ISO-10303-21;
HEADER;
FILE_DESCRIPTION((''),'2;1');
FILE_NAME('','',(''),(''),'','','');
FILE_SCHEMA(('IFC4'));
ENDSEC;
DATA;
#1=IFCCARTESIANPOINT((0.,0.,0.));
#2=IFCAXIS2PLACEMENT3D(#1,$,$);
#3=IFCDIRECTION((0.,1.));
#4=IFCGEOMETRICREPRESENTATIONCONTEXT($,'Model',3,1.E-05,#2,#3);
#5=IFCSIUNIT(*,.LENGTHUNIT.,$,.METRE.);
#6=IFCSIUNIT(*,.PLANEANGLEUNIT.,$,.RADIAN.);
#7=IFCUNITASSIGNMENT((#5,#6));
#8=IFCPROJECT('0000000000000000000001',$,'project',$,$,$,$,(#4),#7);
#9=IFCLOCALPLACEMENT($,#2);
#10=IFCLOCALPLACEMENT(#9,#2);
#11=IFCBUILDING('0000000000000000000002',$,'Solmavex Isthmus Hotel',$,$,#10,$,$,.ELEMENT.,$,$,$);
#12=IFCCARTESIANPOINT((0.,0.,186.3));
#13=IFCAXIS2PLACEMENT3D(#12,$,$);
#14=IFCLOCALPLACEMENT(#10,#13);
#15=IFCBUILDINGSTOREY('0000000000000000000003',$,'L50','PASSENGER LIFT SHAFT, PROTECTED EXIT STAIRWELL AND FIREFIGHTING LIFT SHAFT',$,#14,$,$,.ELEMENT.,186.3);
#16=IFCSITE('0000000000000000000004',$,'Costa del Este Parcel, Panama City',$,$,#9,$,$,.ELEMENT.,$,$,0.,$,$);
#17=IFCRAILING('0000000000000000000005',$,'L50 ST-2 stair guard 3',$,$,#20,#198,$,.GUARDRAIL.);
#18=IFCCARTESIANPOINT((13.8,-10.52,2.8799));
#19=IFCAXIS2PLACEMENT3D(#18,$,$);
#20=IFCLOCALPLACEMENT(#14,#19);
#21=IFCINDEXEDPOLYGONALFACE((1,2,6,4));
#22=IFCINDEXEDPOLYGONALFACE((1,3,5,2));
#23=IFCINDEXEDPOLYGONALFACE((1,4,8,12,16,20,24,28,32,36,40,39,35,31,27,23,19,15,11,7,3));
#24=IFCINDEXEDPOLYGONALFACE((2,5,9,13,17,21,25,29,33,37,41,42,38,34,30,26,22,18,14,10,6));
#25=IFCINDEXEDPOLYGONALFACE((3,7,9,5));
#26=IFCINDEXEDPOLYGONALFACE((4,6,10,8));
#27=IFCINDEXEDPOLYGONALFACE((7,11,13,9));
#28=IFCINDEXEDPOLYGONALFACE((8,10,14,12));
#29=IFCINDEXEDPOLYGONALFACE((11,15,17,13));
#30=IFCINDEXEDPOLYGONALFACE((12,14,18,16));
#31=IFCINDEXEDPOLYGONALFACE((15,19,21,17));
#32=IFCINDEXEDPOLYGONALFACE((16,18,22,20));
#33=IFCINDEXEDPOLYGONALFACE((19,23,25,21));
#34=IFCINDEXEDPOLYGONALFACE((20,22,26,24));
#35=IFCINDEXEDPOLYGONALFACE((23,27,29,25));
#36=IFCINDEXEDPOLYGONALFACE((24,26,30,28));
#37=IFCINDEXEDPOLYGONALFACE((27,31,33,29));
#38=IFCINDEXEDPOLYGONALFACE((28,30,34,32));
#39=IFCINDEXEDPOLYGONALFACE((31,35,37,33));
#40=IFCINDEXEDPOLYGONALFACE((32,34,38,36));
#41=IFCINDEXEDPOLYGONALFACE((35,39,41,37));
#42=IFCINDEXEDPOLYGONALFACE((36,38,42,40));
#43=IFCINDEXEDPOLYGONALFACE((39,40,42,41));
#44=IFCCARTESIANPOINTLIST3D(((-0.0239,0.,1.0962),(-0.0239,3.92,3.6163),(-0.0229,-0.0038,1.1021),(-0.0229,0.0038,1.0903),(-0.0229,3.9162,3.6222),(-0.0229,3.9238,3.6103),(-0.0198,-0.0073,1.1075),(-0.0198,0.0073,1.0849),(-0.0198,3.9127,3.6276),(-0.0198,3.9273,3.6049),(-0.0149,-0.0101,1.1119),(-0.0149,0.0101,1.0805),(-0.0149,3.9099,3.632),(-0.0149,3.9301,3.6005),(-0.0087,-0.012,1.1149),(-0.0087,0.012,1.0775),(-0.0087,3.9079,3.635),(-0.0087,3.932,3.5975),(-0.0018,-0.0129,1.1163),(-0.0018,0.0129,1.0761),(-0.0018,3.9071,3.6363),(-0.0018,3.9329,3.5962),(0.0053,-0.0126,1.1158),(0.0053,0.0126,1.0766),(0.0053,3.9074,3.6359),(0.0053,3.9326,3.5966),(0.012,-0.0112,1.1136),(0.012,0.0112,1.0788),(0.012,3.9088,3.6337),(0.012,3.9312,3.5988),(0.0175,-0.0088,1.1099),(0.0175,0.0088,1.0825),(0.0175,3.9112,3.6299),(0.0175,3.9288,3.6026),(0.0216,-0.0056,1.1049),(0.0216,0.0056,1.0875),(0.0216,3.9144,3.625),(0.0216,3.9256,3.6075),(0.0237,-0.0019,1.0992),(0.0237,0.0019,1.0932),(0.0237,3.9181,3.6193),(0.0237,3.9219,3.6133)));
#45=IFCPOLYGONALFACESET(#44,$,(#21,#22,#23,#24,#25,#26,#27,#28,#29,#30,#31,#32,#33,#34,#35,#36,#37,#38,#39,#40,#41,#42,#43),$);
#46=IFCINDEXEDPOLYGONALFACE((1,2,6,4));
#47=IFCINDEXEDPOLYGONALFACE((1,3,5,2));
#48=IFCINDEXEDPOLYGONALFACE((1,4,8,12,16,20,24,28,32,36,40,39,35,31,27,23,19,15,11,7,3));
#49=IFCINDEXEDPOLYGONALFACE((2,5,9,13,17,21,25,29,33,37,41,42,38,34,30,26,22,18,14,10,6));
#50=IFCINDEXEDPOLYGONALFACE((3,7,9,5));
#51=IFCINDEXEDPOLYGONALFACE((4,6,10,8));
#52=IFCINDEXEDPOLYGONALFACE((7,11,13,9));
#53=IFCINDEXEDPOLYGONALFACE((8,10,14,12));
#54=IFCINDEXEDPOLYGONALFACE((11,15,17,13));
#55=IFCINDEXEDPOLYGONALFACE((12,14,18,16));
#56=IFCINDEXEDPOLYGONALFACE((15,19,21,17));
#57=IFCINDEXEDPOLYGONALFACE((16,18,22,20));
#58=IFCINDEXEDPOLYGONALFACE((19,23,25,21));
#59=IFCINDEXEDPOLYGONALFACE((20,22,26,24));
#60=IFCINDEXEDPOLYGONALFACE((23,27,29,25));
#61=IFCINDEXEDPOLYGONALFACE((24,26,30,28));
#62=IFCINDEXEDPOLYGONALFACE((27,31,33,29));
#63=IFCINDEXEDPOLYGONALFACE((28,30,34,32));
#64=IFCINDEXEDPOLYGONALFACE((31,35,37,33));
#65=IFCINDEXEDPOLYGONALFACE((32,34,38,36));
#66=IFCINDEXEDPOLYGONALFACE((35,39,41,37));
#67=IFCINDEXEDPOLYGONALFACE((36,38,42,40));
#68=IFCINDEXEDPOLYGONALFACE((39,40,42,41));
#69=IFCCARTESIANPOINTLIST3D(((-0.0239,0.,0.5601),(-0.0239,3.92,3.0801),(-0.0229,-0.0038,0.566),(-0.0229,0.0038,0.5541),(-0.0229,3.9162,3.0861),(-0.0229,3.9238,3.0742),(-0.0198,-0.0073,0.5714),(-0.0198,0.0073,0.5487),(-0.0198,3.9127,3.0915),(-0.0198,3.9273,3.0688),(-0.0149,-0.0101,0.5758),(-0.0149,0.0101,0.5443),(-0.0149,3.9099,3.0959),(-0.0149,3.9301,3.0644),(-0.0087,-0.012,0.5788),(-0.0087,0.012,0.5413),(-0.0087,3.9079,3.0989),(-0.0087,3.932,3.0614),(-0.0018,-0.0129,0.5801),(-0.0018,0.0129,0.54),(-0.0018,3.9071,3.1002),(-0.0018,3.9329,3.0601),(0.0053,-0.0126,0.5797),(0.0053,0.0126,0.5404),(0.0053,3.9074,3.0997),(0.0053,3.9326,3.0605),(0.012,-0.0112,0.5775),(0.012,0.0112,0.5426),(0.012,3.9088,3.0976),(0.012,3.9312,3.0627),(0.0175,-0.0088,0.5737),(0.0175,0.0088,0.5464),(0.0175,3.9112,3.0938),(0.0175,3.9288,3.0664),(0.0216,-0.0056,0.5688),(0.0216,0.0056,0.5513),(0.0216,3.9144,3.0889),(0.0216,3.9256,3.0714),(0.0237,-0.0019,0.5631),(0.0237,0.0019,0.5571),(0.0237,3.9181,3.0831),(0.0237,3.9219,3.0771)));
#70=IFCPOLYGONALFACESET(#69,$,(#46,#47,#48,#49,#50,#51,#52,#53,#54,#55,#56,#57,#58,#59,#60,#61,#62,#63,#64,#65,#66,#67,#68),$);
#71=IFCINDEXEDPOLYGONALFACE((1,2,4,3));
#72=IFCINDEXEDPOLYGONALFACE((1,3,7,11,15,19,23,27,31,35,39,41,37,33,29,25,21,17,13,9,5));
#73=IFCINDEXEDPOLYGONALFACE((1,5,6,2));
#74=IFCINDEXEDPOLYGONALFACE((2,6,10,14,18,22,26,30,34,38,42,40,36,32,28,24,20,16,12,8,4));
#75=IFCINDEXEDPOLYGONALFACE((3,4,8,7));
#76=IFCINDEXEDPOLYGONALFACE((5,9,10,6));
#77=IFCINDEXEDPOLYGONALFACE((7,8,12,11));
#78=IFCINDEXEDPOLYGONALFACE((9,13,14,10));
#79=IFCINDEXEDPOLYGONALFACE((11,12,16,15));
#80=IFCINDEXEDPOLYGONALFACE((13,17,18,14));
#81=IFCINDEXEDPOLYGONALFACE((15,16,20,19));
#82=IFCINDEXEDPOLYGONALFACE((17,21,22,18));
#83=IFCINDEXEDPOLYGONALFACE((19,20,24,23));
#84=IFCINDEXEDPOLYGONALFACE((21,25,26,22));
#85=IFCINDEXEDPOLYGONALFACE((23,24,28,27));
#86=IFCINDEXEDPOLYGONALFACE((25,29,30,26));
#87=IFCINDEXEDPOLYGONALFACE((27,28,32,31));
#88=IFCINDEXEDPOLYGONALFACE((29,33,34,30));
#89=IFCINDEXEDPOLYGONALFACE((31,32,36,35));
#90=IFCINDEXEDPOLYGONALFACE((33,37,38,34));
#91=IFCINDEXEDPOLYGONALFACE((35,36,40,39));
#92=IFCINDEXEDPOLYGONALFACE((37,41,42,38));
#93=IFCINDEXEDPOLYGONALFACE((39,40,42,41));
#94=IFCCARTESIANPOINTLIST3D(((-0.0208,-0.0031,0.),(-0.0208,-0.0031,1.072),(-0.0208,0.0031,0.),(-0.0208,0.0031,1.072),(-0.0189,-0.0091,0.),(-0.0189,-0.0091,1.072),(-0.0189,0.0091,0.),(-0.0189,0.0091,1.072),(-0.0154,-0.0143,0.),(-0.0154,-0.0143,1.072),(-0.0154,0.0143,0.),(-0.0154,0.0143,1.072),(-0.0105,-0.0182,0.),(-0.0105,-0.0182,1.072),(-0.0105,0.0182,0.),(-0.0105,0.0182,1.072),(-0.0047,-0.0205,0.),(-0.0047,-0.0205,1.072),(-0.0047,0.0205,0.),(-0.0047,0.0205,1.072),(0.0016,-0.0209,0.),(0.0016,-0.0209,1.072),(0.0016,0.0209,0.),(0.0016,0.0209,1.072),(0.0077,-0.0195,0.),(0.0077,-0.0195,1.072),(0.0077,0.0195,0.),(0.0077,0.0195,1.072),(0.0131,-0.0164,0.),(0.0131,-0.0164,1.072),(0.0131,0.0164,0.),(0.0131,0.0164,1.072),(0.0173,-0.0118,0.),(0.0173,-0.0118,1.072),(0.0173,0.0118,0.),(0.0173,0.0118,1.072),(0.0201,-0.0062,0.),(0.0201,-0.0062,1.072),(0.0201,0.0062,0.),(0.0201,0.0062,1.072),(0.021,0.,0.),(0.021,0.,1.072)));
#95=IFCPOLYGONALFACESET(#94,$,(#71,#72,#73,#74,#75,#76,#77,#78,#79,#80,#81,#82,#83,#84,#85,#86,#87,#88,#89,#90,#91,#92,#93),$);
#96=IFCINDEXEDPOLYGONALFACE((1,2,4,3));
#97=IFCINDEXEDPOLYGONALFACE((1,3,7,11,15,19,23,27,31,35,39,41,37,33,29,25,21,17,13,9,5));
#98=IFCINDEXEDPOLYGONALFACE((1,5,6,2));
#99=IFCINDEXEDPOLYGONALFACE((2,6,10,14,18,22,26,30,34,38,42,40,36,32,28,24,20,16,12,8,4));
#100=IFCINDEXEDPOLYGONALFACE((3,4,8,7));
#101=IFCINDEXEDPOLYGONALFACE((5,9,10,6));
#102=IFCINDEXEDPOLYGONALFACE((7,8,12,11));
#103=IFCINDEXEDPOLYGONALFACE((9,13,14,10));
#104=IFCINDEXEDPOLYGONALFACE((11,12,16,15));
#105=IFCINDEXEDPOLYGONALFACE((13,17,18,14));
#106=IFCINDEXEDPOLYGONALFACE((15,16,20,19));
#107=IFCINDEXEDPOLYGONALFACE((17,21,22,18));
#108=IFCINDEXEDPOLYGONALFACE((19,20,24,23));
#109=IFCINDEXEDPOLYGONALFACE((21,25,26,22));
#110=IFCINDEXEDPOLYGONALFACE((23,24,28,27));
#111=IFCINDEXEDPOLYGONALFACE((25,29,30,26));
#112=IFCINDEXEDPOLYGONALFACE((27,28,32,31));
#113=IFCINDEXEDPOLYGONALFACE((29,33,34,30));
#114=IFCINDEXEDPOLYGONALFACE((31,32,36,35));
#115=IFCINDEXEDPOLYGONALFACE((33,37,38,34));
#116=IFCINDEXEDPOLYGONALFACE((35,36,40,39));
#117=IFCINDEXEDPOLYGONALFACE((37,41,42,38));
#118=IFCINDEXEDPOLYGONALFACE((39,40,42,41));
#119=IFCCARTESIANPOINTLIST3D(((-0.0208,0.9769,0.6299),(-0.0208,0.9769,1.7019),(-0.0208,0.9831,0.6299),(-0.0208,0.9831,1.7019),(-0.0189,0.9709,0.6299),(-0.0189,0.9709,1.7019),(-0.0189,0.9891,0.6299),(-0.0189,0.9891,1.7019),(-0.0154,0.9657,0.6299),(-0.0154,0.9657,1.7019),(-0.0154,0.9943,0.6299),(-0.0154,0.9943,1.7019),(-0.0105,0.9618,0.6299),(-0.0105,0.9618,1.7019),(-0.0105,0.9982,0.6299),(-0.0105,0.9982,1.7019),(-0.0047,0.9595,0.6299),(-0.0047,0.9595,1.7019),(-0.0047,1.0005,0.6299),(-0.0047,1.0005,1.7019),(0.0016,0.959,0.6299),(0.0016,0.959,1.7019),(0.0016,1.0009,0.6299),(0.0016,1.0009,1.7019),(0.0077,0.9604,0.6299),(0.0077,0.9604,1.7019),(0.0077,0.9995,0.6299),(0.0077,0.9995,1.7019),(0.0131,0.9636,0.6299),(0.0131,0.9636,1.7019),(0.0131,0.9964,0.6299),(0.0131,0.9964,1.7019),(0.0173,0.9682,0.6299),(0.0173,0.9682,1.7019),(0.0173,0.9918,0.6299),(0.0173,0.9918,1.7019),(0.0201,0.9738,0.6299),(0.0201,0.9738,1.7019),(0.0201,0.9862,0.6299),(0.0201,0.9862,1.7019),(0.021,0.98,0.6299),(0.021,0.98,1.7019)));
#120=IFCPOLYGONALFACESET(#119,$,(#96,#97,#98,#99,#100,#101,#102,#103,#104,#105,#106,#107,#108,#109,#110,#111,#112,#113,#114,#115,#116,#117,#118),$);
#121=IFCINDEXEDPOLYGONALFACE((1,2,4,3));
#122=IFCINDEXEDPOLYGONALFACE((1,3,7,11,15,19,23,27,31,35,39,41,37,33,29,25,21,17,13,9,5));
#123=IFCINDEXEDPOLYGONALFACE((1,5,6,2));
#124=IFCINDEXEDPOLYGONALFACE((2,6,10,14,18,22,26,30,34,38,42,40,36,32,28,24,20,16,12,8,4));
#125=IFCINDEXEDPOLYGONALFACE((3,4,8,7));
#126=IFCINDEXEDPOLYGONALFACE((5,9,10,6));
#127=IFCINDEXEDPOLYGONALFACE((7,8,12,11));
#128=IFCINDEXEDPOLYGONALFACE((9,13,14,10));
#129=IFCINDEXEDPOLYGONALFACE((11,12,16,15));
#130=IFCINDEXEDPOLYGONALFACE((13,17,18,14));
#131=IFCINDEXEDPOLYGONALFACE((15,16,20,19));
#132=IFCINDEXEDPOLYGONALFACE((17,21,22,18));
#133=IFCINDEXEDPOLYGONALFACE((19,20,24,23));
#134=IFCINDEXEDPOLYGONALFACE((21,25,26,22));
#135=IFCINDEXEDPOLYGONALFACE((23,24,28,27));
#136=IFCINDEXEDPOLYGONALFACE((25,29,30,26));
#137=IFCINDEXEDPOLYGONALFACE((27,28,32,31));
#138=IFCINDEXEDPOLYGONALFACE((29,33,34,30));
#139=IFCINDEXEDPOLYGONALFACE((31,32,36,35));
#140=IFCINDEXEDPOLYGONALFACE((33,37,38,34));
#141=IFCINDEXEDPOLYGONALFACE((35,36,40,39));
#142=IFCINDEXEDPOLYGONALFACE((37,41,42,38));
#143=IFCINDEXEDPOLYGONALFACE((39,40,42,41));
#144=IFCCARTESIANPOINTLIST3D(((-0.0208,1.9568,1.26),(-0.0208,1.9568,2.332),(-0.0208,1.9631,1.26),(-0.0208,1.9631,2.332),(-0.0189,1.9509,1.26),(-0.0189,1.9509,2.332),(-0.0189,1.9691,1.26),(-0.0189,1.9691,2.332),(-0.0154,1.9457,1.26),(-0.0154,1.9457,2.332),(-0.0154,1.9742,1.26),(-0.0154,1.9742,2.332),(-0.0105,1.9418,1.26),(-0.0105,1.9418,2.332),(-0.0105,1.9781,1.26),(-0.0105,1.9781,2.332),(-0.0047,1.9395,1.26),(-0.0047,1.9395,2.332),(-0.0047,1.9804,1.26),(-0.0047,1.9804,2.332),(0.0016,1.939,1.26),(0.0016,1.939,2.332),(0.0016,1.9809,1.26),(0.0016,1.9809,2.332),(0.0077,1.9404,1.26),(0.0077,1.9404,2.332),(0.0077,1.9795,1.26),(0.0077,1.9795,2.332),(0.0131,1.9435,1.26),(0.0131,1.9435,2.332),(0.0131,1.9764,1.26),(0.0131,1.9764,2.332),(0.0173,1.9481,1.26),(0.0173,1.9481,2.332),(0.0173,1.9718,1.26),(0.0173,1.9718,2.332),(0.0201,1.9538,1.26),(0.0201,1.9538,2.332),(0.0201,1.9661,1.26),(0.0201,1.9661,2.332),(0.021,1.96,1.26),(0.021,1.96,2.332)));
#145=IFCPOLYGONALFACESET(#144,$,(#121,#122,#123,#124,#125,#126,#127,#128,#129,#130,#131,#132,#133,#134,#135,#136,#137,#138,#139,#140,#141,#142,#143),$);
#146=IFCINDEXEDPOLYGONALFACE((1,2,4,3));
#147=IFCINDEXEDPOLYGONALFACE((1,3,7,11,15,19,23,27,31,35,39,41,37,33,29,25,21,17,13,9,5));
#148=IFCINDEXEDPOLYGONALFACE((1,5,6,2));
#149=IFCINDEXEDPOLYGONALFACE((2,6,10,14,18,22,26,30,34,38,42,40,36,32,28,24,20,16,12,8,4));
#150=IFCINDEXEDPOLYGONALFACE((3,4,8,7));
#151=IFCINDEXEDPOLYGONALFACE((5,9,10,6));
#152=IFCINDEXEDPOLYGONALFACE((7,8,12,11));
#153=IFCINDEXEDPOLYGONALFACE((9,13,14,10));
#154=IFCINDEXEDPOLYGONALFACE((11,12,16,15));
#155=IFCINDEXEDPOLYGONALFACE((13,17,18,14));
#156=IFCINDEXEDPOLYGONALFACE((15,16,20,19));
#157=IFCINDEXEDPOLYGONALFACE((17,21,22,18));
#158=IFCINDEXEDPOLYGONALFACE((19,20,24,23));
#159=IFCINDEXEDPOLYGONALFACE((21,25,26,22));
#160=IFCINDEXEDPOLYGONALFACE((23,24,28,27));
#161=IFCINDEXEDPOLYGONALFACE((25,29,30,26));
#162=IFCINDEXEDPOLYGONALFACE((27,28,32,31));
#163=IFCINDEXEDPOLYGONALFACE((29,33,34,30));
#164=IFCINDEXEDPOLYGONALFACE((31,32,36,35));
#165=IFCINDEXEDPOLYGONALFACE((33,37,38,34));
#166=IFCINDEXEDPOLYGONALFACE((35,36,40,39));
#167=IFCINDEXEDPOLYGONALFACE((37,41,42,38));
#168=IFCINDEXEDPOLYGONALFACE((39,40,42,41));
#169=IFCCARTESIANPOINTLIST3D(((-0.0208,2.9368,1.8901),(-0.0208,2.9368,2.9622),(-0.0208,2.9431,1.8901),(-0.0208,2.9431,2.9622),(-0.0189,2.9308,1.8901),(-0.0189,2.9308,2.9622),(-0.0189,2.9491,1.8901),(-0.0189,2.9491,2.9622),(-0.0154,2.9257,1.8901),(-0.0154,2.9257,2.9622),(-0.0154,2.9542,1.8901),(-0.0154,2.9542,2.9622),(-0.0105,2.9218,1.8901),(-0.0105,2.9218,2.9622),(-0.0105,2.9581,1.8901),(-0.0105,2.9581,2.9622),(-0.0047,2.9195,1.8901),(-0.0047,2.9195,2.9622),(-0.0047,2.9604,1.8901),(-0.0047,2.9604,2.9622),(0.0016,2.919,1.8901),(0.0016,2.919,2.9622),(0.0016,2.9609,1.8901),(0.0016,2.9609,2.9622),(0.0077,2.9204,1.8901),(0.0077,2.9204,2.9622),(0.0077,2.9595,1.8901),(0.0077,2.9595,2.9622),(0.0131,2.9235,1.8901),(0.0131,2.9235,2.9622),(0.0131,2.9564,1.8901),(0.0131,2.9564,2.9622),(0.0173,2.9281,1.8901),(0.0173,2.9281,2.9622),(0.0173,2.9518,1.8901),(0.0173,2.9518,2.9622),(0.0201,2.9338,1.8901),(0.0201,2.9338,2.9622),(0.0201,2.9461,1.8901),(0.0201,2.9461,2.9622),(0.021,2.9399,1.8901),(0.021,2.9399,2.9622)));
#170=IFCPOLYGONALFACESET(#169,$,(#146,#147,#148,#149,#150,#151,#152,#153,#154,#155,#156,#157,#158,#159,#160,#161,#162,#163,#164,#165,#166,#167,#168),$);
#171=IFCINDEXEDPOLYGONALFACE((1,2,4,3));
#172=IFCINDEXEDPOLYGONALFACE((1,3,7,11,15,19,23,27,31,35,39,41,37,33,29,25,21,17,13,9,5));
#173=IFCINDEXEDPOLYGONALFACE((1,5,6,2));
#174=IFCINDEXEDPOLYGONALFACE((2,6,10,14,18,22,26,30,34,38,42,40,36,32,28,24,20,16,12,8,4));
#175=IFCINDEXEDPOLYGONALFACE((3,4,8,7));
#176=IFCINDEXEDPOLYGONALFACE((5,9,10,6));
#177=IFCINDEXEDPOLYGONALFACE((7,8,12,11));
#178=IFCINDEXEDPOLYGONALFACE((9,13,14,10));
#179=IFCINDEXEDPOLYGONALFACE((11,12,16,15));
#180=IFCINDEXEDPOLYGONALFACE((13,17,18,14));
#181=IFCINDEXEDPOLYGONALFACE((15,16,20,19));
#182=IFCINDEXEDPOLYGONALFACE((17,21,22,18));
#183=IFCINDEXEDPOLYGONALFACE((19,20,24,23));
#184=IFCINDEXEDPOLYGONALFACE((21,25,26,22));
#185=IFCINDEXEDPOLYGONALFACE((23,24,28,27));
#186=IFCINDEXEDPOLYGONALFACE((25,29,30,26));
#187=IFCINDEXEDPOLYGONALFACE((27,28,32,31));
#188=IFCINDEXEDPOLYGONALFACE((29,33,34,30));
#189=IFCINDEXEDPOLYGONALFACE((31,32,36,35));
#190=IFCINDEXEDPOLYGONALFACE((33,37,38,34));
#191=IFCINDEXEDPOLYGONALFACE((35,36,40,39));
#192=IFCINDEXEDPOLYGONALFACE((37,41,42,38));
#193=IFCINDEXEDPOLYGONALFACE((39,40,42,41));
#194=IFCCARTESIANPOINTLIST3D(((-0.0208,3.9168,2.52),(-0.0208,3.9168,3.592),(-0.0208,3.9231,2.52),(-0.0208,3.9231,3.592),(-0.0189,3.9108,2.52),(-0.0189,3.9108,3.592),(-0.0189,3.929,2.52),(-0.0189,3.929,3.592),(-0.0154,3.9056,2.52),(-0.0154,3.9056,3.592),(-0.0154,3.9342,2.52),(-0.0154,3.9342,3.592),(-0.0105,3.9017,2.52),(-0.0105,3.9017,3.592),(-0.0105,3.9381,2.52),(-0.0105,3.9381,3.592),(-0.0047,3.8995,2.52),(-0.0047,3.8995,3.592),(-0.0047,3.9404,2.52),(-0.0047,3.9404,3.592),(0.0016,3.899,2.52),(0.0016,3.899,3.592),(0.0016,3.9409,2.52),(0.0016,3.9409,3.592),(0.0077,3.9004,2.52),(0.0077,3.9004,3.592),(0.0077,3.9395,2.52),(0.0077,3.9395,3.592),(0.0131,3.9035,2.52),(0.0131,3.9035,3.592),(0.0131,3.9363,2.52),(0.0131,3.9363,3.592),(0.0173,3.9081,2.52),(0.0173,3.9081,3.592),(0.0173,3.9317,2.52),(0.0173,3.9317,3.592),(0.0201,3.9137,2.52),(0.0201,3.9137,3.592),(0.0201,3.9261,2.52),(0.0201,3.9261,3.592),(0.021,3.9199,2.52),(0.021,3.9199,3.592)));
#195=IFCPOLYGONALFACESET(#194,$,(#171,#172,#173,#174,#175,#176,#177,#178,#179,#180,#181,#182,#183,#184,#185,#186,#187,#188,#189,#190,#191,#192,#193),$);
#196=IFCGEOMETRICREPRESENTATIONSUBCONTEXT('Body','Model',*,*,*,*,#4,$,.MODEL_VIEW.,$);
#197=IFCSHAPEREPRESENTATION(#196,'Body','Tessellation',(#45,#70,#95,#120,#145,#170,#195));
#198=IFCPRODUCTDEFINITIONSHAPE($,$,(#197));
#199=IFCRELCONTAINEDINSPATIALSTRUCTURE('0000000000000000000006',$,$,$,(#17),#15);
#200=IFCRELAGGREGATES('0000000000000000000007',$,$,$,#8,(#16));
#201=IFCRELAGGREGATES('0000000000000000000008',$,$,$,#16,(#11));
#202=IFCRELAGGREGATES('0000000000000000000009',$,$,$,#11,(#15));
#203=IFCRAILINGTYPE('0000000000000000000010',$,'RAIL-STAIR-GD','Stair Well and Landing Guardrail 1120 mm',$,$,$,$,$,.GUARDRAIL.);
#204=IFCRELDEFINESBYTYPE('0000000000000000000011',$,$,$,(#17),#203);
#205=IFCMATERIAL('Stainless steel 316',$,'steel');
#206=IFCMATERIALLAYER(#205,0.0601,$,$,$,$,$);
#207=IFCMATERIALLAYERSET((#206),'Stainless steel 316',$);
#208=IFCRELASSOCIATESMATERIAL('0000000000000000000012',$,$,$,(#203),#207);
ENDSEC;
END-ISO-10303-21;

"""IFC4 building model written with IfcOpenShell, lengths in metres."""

from ifc_helpers import new_model, si_unit, direction, frame, origin, origin_2d, place, context, subcontext, project, spatial, circle, extrude, material, layer, layer_set, type_object, element, save


model = new_model("IFC4")

# Units and contexts
model_context = context("Model", 3, precision=1e-05, world=origin(), true_north=direction((0.0, 1.0)))
body_context = subcontext(model_context, "Body", "Model", "MODEL_VIEW")
ifc_project = project(units=[si_unit("LENGTHUNIT", "METRE"), si_unit("PLANEANGLEUNIT", "RADIAN")], contexts=[model_context])

# Site, building, storey
site_placement = place(None, origin())
site = spatial("IfcSite", under=ifc_project, at=site_placement, Name="Costa del Este Parcel, Panama City", CompositionType="ELEMENT", RefElevation=0.0)
building_placement = place(site_placement, origin())
building = spatial("IfcBuilding", under=site, at=building_placement, Name="Solmavex Isthmus Hotel", CompositionType="ELEMENT")
storey_placement = place(building_placement, frame((0.0, 0.0, 186.3)))
storey = spatial("IfcBuildingStorey", under=building, at=storey_placement, Name="L50", Description="PASSENGER LIFT SHAFT, PROTECTED EXIT STAIRWELL AND FIREFIGHTING LIFT SHAFT", CompositionType="ELEMENT", Elevation=186.3)

# Shared definitions
ifc_material_1 = material(Name="Stainless steel 316", Category="steel")

# Railing
ifc_layer_1 = layer(ifc_material_1, 0.0601)
ifc_layer_set_1 = layer_set([ifc_layer_1], Name="Stainless steel 316")
railing_type_1 = type_object("IfcRailingType", Name="RAIL-STAIR-GD", Description="Stair Well and Landing Guardrail 1120 mm", PredefinedType="GUARDRAIL", material=ifc_layer_set_1)
railing_1_placement = place(storey_placement, frame((13.8, -10.52, 2.8799)))
element("IfcRailing", 1, at=railing_1_placement, inside=storey, type_object=railing_type_1, Name="L50 ST-2 stair guard 3", PredefinedType="GUARDRAIL", context=body_context, shape_type="SweptSolid", body=[
    extrude(circle(Radius=0.0239, at=origin_2d()), frame((0.0, 0.0, 1.0962), z_axis=(0.0, 0.841172, 0.540768), x_axis=(-1.0, 0.0, 0.0)), (0.0, 0.0, 1.0), 4.6602),
    extrude(circle(Radius=0.0239, at=origin_2d()), frame((0.0, 0.0, 0.5601), z_axis=(0.0, 0.841172, 0.540768), x_axis=(-1.0, 0.0, 0.0)), (0.0, 0.0, 1.0), 4.6602),
    extrude(circle(Radius=0.021, at=origin_2d()), origin(), (0.0, 0.0, 1.0), 1.072),
    extrude(circle(Radius=0.021, at=origin_2d()), frame((0.0, 0.98, 0.6299)), (0.0, 0.0, 1.0), 1.072),
    extrude(circle(Radius=0.021, at=origin_2d()), frame((0.0, 1.96, 1.26)), (0.0, 0.0, 1.0), 1.072),
    extrude(circle(Radius=0.021, at=origin_2d()), frame((0.0, 2.9399, 1.8901)), (0.0, 0.0, 1.0), 1.072),
    extrude(circle(Radius=0.021, at=origin_2d()), frame((0.0, 3.9199, 2.52)), (0.0, 0.0, 1.0), 1.072),
])

save(model, "model.ifc")
